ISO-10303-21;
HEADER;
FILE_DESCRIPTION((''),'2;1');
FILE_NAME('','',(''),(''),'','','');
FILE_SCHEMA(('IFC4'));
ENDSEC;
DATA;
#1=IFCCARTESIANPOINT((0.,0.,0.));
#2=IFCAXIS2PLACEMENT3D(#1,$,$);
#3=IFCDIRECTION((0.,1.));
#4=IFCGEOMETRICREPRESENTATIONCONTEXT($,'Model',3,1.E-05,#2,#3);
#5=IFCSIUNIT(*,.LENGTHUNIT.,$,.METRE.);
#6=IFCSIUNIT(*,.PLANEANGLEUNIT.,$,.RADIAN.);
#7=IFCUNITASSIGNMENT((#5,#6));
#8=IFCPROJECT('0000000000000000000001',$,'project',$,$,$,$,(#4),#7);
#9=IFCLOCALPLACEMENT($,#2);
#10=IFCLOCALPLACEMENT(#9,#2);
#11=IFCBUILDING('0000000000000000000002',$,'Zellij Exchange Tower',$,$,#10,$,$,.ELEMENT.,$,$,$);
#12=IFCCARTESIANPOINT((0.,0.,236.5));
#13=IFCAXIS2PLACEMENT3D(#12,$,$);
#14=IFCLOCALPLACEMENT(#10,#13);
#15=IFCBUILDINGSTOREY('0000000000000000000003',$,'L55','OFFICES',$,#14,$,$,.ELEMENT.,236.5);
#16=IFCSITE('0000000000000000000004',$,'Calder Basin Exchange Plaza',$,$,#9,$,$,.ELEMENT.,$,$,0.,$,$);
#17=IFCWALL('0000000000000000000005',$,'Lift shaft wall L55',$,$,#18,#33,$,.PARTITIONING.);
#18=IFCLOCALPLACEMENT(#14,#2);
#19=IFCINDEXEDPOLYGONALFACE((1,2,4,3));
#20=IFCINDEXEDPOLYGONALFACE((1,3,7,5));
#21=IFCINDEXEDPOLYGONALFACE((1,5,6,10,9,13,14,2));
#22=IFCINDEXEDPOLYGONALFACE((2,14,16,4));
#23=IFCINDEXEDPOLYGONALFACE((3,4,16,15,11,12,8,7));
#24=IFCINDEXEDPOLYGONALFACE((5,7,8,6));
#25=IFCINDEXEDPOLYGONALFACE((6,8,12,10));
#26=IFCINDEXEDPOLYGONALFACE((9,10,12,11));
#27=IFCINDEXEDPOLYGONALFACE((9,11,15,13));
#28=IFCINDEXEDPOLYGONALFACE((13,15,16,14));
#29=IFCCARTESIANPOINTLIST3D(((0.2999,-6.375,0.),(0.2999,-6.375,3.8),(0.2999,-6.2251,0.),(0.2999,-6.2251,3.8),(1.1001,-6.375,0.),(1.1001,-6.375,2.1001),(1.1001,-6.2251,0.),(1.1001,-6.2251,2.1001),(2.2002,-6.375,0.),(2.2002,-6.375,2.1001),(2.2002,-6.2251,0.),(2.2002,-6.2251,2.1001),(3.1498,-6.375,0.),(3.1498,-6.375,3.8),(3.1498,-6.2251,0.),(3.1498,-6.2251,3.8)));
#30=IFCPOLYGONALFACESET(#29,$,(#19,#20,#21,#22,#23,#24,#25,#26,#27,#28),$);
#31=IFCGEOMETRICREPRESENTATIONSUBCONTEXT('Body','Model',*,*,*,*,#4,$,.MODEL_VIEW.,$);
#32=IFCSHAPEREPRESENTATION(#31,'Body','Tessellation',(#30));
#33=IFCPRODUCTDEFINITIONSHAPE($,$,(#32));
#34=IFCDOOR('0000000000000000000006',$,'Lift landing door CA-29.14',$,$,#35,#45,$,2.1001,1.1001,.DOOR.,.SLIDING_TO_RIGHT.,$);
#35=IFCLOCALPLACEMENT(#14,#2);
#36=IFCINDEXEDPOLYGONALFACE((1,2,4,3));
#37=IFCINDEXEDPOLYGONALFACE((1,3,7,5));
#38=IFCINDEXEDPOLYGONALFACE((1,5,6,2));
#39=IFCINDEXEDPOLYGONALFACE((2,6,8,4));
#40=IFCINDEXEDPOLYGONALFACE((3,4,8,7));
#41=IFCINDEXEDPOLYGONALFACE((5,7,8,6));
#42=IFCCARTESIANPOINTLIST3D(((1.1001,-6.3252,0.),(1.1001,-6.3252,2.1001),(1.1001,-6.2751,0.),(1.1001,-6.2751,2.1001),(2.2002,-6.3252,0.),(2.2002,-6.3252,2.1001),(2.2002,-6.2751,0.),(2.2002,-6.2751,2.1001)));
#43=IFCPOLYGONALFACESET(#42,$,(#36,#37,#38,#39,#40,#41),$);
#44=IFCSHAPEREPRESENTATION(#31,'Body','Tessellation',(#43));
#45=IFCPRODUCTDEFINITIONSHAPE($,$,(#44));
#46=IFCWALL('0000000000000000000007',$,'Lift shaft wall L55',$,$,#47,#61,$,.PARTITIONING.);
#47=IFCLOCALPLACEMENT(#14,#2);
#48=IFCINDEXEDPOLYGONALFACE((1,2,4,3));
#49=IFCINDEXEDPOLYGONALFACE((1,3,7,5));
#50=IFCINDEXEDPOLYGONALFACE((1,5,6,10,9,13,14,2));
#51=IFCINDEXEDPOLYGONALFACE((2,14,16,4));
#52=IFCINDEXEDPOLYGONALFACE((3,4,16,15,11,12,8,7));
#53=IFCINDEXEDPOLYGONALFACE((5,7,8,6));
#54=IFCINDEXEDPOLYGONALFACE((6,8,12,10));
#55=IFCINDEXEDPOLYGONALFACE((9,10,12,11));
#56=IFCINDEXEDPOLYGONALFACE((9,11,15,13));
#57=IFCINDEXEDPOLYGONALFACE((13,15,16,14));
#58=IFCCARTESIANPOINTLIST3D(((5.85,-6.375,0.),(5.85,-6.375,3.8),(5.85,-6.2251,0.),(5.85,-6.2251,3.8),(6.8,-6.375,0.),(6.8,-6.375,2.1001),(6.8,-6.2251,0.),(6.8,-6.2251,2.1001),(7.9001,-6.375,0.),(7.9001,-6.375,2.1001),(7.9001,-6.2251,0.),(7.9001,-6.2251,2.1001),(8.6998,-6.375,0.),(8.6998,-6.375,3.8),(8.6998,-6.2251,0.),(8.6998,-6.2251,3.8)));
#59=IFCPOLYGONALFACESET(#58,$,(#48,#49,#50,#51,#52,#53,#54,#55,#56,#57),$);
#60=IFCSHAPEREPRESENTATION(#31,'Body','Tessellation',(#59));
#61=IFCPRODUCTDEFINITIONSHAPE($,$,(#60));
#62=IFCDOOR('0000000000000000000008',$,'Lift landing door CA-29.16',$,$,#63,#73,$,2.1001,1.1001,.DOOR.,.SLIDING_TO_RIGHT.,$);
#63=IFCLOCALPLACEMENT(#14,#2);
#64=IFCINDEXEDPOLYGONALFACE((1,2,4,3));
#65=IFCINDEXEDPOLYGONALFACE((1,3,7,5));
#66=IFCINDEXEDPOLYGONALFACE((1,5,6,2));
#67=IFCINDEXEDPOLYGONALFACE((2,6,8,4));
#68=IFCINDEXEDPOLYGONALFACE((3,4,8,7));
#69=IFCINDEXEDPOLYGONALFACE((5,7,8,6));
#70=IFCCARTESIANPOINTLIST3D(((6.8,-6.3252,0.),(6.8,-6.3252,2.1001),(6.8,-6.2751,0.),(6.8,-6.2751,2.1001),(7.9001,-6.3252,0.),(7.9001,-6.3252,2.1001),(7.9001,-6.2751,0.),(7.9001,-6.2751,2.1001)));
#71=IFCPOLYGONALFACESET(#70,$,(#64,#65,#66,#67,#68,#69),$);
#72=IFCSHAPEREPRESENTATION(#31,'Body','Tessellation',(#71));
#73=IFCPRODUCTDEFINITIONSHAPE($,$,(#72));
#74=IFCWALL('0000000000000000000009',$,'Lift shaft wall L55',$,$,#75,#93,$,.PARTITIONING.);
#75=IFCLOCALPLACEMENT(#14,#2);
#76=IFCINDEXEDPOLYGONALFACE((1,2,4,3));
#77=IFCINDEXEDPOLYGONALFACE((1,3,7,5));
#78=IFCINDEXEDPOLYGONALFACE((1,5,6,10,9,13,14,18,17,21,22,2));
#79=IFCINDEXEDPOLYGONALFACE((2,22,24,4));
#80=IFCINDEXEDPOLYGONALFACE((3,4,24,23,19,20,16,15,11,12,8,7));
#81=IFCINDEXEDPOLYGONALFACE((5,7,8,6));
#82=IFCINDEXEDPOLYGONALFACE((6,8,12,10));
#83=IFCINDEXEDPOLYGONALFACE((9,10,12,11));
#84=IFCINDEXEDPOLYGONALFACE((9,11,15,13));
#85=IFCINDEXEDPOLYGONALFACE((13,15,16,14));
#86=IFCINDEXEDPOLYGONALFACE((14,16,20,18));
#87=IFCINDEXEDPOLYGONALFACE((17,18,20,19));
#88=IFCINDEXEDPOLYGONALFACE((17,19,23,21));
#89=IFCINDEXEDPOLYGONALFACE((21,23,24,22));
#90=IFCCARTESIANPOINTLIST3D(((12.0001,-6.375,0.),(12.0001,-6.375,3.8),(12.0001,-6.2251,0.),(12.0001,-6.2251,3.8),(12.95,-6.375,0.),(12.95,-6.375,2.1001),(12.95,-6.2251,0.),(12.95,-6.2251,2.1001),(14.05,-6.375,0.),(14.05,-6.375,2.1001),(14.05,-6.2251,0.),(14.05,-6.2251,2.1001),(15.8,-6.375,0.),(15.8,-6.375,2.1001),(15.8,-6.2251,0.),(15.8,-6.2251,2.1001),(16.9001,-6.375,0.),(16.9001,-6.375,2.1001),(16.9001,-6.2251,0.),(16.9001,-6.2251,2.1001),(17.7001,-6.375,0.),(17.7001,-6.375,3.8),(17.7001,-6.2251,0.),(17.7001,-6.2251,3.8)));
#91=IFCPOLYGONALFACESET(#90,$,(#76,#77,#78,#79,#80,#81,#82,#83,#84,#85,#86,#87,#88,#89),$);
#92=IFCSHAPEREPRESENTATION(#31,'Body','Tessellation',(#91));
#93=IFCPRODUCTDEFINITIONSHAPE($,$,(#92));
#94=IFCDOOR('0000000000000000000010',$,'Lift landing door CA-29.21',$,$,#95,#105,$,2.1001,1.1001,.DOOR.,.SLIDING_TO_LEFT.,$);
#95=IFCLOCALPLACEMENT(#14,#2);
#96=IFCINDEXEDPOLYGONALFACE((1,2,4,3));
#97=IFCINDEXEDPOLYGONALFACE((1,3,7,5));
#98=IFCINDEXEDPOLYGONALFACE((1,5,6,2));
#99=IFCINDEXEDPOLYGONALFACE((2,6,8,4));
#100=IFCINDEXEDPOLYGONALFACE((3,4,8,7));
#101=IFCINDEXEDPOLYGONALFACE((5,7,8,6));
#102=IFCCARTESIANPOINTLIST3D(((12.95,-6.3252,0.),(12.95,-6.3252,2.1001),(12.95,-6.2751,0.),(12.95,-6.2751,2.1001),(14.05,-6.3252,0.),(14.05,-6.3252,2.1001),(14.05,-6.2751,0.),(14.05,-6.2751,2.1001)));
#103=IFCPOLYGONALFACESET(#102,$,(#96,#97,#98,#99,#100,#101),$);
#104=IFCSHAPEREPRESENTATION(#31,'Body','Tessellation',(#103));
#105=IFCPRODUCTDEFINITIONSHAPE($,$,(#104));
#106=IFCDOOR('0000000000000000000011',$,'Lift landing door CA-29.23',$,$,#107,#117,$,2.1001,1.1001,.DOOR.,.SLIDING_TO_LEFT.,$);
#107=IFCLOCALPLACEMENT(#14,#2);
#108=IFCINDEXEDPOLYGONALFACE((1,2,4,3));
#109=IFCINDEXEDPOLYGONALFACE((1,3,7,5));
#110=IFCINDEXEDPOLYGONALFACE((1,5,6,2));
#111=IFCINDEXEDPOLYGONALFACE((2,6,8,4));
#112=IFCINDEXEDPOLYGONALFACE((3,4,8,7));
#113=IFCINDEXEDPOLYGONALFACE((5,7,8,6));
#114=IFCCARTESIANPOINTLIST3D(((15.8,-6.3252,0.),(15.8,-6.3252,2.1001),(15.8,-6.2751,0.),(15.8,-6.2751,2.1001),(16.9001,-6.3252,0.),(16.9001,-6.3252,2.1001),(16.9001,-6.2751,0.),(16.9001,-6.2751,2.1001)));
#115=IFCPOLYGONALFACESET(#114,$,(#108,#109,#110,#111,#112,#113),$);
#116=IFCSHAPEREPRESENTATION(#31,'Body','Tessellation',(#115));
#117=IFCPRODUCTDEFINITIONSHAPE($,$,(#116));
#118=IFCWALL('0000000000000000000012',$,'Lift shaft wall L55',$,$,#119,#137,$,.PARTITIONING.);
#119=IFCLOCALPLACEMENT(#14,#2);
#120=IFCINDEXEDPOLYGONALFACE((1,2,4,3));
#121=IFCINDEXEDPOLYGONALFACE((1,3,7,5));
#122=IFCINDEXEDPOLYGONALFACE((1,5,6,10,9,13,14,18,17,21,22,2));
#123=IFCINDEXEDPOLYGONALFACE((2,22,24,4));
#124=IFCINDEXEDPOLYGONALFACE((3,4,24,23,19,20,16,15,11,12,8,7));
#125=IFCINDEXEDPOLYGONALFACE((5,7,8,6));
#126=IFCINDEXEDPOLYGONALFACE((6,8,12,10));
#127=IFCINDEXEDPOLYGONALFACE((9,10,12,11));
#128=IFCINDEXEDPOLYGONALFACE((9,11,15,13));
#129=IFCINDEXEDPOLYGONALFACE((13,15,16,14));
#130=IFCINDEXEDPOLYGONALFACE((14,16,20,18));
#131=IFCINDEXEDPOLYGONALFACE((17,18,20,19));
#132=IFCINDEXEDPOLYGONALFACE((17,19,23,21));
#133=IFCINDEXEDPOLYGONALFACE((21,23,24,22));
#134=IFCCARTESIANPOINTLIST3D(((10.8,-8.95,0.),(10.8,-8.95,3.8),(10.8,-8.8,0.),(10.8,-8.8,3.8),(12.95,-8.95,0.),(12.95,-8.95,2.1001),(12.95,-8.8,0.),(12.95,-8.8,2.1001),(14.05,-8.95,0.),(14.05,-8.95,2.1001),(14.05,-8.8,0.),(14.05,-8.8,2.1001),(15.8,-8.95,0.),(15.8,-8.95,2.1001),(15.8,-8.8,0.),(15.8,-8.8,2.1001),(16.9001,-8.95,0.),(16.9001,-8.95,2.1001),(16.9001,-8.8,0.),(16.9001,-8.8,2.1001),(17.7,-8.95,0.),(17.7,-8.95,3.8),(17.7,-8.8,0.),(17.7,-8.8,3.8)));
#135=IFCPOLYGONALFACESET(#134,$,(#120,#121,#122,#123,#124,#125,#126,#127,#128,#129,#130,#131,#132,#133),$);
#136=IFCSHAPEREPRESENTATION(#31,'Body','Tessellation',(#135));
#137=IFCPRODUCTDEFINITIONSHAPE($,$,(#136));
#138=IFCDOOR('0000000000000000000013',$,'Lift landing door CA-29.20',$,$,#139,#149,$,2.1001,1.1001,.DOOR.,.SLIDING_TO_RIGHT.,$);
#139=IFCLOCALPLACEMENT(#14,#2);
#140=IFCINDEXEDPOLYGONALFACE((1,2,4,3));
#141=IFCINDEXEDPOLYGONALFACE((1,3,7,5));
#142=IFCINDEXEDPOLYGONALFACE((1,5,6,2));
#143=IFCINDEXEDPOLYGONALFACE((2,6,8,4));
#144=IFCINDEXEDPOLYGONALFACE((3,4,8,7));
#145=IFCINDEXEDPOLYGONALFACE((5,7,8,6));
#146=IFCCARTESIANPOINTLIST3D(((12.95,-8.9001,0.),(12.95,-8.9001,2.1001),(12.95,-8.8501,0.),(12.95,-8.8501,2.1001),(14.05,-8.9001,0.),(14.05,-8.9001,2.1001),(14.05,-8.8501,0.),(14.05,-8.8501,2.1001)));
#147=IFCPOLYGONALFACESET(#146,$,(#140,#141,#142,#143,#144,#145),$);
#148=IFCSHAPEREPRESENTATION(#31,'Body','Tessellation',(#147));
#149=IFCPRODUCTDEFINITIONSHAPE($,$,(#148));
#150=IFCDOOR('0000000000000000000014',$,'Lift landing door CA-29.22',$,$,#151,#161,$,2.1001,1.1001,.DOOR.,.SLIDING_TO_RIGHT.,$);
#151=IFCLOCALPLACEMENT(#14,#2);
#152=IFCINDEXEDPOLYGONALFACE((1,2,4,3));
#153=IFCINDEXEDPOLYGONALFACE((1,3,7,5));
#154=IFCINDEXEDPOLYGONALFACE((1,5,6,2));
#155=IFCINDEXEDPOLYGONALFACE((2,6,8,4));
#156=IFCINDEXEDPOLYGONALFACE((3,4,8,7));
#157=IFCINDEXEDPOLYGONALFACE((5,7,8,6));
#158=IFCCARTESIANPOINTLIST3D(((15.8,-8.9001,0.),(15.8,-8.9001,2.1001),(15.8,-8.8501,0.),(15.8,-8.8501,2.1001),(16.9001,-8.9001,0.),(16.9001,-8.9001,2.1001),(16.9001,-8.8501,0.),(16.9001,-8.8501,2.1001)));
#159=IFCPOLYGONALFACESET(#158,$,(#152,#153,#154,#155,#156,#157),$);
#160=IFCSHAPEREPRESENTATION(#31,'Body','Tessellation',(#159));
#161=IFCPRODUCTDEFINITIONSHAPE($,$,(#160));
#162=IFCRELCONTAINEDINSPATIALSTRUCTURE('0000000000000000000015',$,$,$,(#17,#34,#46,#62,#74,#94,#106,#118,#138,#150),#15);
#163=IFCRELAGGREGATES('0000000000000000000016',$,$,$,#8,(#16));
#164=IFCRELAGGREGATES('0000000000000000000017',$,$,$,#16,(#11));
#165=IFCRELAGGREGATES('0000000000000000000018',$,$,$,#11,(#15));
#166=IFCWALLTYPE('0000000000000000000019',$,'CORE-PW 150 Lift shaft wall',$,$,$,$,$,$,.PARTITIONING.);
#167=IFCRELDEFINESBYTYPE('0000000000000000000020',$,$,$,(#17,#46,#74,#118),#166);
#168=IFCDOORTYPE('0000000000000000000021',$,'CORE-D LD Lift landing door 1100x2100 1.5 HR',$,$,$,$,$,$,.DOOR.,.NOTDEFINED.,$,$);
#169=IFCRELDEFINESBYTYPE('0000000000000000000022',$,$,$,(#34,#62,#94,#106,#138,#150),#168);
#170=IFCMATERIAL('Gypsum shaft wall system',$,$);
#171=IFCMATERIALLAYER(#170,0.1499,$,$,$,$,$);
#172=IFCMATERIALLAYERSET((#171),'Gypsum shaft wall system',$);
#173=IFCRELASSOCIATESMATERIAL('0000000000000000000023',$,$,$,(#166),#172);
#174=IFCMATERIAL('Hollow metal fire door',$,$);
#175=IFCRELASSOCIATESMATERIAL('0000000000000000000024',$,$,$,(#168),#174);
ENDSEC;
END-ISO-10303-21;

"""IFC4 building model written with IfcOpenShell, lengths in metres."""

from ifc_helpers import new_model, si_unit, direction, frame, frame_2d, origin, place, context, subcontext, project, spatial, rectangle, extrude, material, layer, layer_set, type_object, element, fill, save


model = new_model("IFC4")

# Units and contexts
model_context = context("Model", 3, precision=1e-05, world=origin(), true_north=direction((0.0, 1.0)))
body_context = subcontext(model_context, "Body", "Model", "MODEL_VIEW")
ifc_project = project(units=[si_unit("LENGTHUNIT", "METRE"), si_unit("PLANEANGLEUNIT", "RADIAN")], contexts=[model_context])

# Site, building, storey
site_placement = place(None, origin())
site = spatial("IfcSite", under=ifc_project, at=site_placement, Name="Calder Basin Exchange Plaza", CompositionType="ELEMENT", RefElevation=0.0)
building_placement = place(site_placement, origin())
building = spatial("IfcBuilding", under=site, at=building_placement, Name="Zellij Exchange Tower", CompositionType="ELEMENT")
storey_placement = place(building_placement, frame((0.0, 0.0, 236.5)))
storey = spatial("IfcBuildingStorey", under=building, at=storey_placement, Name="L55", Description="OFFICES", CompositionType="ELEMENT", Elevation=236.5)

# Shared definitions
ifc_material_1 = material(Name="Gypsum shaft wall system")
ifc_material_2 = material(Name="Hollow metal fire door")

# Shared definitions
ifc_layer_1 = layer(ifc_material_1, 0.1499)
ifc_layer_set_1 = layer_set([ifc_layer_1], Name="Gypsum shaft wall system")
wall_type_1 = type_object("IfcWallType", Name="CORE-PW 150 Lift shaft wall", PredefinedType="PARTITIONING", material=ifc_layer_set_1)

# Walls, openings, doors
wall_1_placement = place(storey_placement, frame((0.3, -6.3, 0.0), z_axis=(0.0, 0.0, 1.0), x_axis=(1.0, 0.0, 0.0)))
wall_1 = element("IfcWall", 1, at=wall_1_placement, inside=storey, type_object=wall_type_1, Name="Lift shaft wall L55", PredefinedType="PARTITIONING", context=body_context, shape_type="SweptSolid", body=[
    extrude(rectangle(XDim=2.8499, YDim=0.1499, at=frame_2d((1.4248, 0.0))), origin(), (0.0, 0.0, 1.0), 3.8),
])
opening_1_placement = place(wall_1_placement, frame((0.8, 0.0, 0.0)))
opening_1 = element("IfcOpeningElement", 2, at=opening_1_placement, cuts=wall_1, PredefinedType="OPENING", context=body_context, shape_type="SweptSolid", body=[
    extrude(rectangle(XDim=1.1001, YDim=2.1001, at=frame_2d((0.55, 1.05))), frame((0.0, 0.0869, 0.0), z_axis=(0.0, -1.0, 0.0), x_axis=(1.0, 0.0, 0.0)), (0.0, 0.0, 1.0), 0.1738),
])
door_type_1 = type_object("IfcDoorType", Name="CORE-D LD Lift landing door 1100x2100 1.5 HR", OperationType="NOTDEFINED", PredefinedType="DOOR", material=ifc_material_2)
door_1_placement = place(opening_1_placement, origin())
door_1 = element("IfcDoor", 3, at=door_1_placement, inside=storey, type_object=door_type_1, Name="Lift landing door CA-29.14", OperationType="SLIDING_TO_RIGHT", OverallHeight=2.1001, OverallWidth=1.1001, PredefinedType="DOOR", context=body_context, shape_type="SweptSolid", body=[
    extrude(rectangle(XDim=1.1001, YDim=2.1001, at=frame_2d((0.55, 1.05))), frame((0.0, 0.0249, 0.0), z_axis=(0.0, -1.0, 0.0), x_axis=(1.0, 0.0, 0.0)), (0.0, 0.0, 1.0), 0.05),
])
fill(opening_1, door_1)
wall_2_placement = place(storey_placement, frame((5.8501, -6.3, 0.0), z_axis=(0.0, 0.0, 1.0), x_axis=(1.0, 0.0, 0.0)))
wall_2 = element("IfcWall", 4, at=wall_2_placement, inside=storey, type_object=wall_type_1, Name="Lift shaft wall L55", PredefinedType="PARTITIONING", context=body_context, shape_type="SweptSolid", body=[
    extrude(rectangle(XDim=2.8499, YDim=0.1499, at=frame_2d((1.4248, 0.0))), origin(), (0.0, 0.0, 1.0), 3.8),
])
opening_2_placement = place(wall_2_placement, frame((0.95, 0.0, 0.0)))
opening_2 = element("IfcOpeningElement", 5, at=opening_2_placement, cuts=wall_2, PredefinedType="OPENING", context=body_context, shape_type="SweptSolid", body=[
    extrude(rectangle(XDim=1.1001, YDim=2.1001, at=frame_2d((0.55, 1.05))), frame((0.0, 0.0869, 0.0), z_axis=(0.0, -1.0, 0.0), x_axis=(1.0, 0.0, 0.0)), (0.0, 0.0, 1.0), 0.1738),
])
door_2_placement = place(opening_2_placement, origin())
door_2 = element("IfcDoor", 6, at=door_2_placement, inside=storey, type_object=door_type_1, Name="Lift landing door CA-29.16", OperationType="SLIDING_TO_RIGHT", OverallHeight=2.1001, OverallWidth=1.1001, PredefinedType="DOOR", context=body_context, shape_type="SweptSolid", body=[
    extrude(rectangle(XDim=1.1001, YDim=2.1001, at=frame_2d((0.55, 1.05))), frame((0.0, 0.0249, 0.0), z_axis=(0.0, -1.0, 0.0), x_axis=(1.0, 0.0, 0.0)), (0.0, 0.0, 1.0), 0.05),
])
fill(opening_2, door_2)

# Walls, openings, doors
wall_3_placement = place(storey_placement, frame((12.0, -6.3, 0.0), z_axis=(0.0, 0.0, 1.0), x_axis=(1.0, 0.0, 0.0)))
wall_3 = element("IfcWall", 7, at=wall_3_placement, inside=storey, type_object=wall_type_1, Name="Lift shaft wall L55", PredefinedType="PARTITIONING", context=body_context, shape_type="SweptSolid", body=[
    extrude(rectangle(XDim=5.7, YDim=0.1499, at=frame_2d((2.8501, 0.0))), origin(), (0.0, 0.0, 1.0), 3.8),
])
opening_3_placement = place(wall_3_placement, frame((0.95, 0.0, 0.0)))
opening_3 = element("IfcOpeningElement", 8, at=opening_3_placement, cuts=wall_3, PredefinedType="OPENING", context=body_context, shape_type="SweptSolid", body=[
    extrude(rectangle(XDim=1.1001, YDim=2.1001, at=frame_2d((0.55, 1.05))), frame((0.0, 0.0869, 0.0), z_axis=(0.0, -1.0, 0.0), x_axis=(1.0, 0.0, 0.0)), (0.0, 0.0, 1.0), 0.1738),
])
opening_4_placement = place(wall_3_placement, frame((3.8, 0.0, 0.0)))
opening_4 = element("IfcOpeningElement", 9, at=opening_4_placement, cuts=wall_3, PredefinedType="OPENING", context=body_context, shape_type="SweptSolid", body=[
    extrude(rectangle(XDim=1.1001, YDim=2.1001, at=frame_2d((0.55, 1.05))), frame((0.0, 0.0869, 0.0), z_axis=(0.0, -1.0, 0.0), x_axis=(1.0, 0.0, 0.0)), (0.0, 0.0, 1.0), 0.1738),
])
door_3_placement = place(opening_3_placement, origin())
door_3 = element("IfcDoor", 10, at=door_3_placement, inside=storey, type_object=door_type_1, Name="Lift landing door CA-29.21", OperationType="SLIDING_TO_LEFT", OverallHeight=2.1001, OverallWidth=1.1001, PredefinedType="DOOR", context=body_context, shape_type="SweptSolid", body=[
    extrude(rectangle(XDim=1.1001, YDim=2.1001, at=frame_2d((0.55, 1.05))), frame((0.0, 0.0249, 0.0), z_axis=(0.0, -1.0, 0.0), x_axis=(1.0, 0.0, 0.0)), (0.0, 0.0, 1.0), 0.05),
])
fill(opening_3, door_3)
door_4_placement = place(opening_4_placement, origin())
door_4 = element("IfcDoor", 11, at=door_4_placement, inside=storey, type_object=door_type_1, Name="Lift landing door CA-29.23", OperationType="SLIDING_TO_LEFT", OverallHeight=2.1001, OverallWidth=1.1001, PredefinedType="DOOR", context=body_context, shape_type="SweptSolid", body=[
    extrude(rectangle(XDim=1.1001, YDim=2.1001, at=frame_2d((0.55, 1.05))), frame((0.0, 0.0249, 0.0), z_axis=(0.0, -1.0, 0.0), x_axis=(1.0, 0.0, 0.0)), (0.0, 0.0, 1.0), 0.05),
])
fill(opening_4, door_4)
wall_4_placement = place(storey_placement, frame((10.8, -8.875, 0.0), z_axis=(0.0, 0.0, 1.0), x_axis=(1.0, 0.0, 0.0)))
wall_4 = element("IfcWall", 12, at=wall_4_placement, inside=storey, type_object=wall_type_1, Name="Lift shaft wall L55", PredefinedType="PARTITIONING", context=body_context, shape_type="SweptSolid", body=[
    extrude(rectangle(XDim=6.8999, YDim=0.1499, at=frame_2d((3.45, 0.0))), origin(), (0.0, 0.0, 1.0), 3.8),
])
opening_5_placement = place(wall_4_placement, frame((2.1499, 0.0, 0.0)))
opening_5 = element("IfcOpeningElement", 13, at=opening_5_placement, cuts=wall_4, PredefinedType="OPENING", context=body_context, shape_type="SweptSolid", body=[
    extrude(rectangle(XDim=1.1001, YDim=2.1001, at=frame_2d((0.55, 1.05))), frame((0.0, 0.0869, 0.0), z_axis=(0.0, -1.0, 0.0), x_axis=(1.0, 0.0, 0.0)), (0.0, 0.0, 1.0), 0.1738),
])
opening_6_placement = place(wall_4_placement, frame((5.0, 0.0, 0.0)))
opening_6 = element("IfcOpeningElement", 14, at=opening_6_placement, cuts=wall_4, PredefinedType="OPENING", context=body_context, shape_type="SweptSolid", body=[
    extrude(rectangle(XDim=1.1001, YDim=2.1001, at=frame_2d((0.55, 1.05))), frame((0.0, 0.0869, 0.0), z_axis=(0.0, -1.0, 0.0), x_axis=(1.0, 0.0, 0.0)), (0.0, 0.0, 1.0), 0.1738),
])
door_5_placement = place(opening_5_placement, origin())
door_5 = element("IfcDoor", 15, at=door_5_placement, inside=storey, type_object=door_type_1, Name="Lift landing door CA-29.20", OperationType="SLIDING_TO_RIGHT", OverallHeight=2.1001, OverallWidth=1.1001, PredefinedType="DOOR", context=body_context, shape_type="SweptSolid", body=[
    extrude(rectangle(XDim=1.1001, YDim=2.1001, at=frame_2d((0.55, 1.05))), frame((0.0, 0.0249, 0.0), z_axis=(0.0, -1.0, 0.0), x_axis=(1.0, 0.0, 0.0)), (0.0, 0.0, 1.0), 0.05),
])
fill(opening_5, door_5)
door_6_placement = place(opening_6_placement, origin())
door_6 = element("IfcDoor", 16, at=door_6_placement, inside=storey, type_object=door_type_1, Name="Lift landing door CA-29.22", OperationType="SLIDING_TO_RIGHT", OverallHeight=2.1001, OverallWidth=1.1001, PredefinedType="DOOR", context=body_context, shape_type="SweptSolid", body=[
    extrude(rectangle(XDim=1.1001, YDim=2.1001, at=frame_2d((0.55, 1.05))), frame((0.0, 0.0249, 0.0), z_axis=(0.0, -1.0, 0.0), x_axis=(1.0, 0.0, 0.0)), (0.0, 0.0, 1.0), 0.05),
])
fill(opening_6, door_6)

save(model, "model.ifc")
